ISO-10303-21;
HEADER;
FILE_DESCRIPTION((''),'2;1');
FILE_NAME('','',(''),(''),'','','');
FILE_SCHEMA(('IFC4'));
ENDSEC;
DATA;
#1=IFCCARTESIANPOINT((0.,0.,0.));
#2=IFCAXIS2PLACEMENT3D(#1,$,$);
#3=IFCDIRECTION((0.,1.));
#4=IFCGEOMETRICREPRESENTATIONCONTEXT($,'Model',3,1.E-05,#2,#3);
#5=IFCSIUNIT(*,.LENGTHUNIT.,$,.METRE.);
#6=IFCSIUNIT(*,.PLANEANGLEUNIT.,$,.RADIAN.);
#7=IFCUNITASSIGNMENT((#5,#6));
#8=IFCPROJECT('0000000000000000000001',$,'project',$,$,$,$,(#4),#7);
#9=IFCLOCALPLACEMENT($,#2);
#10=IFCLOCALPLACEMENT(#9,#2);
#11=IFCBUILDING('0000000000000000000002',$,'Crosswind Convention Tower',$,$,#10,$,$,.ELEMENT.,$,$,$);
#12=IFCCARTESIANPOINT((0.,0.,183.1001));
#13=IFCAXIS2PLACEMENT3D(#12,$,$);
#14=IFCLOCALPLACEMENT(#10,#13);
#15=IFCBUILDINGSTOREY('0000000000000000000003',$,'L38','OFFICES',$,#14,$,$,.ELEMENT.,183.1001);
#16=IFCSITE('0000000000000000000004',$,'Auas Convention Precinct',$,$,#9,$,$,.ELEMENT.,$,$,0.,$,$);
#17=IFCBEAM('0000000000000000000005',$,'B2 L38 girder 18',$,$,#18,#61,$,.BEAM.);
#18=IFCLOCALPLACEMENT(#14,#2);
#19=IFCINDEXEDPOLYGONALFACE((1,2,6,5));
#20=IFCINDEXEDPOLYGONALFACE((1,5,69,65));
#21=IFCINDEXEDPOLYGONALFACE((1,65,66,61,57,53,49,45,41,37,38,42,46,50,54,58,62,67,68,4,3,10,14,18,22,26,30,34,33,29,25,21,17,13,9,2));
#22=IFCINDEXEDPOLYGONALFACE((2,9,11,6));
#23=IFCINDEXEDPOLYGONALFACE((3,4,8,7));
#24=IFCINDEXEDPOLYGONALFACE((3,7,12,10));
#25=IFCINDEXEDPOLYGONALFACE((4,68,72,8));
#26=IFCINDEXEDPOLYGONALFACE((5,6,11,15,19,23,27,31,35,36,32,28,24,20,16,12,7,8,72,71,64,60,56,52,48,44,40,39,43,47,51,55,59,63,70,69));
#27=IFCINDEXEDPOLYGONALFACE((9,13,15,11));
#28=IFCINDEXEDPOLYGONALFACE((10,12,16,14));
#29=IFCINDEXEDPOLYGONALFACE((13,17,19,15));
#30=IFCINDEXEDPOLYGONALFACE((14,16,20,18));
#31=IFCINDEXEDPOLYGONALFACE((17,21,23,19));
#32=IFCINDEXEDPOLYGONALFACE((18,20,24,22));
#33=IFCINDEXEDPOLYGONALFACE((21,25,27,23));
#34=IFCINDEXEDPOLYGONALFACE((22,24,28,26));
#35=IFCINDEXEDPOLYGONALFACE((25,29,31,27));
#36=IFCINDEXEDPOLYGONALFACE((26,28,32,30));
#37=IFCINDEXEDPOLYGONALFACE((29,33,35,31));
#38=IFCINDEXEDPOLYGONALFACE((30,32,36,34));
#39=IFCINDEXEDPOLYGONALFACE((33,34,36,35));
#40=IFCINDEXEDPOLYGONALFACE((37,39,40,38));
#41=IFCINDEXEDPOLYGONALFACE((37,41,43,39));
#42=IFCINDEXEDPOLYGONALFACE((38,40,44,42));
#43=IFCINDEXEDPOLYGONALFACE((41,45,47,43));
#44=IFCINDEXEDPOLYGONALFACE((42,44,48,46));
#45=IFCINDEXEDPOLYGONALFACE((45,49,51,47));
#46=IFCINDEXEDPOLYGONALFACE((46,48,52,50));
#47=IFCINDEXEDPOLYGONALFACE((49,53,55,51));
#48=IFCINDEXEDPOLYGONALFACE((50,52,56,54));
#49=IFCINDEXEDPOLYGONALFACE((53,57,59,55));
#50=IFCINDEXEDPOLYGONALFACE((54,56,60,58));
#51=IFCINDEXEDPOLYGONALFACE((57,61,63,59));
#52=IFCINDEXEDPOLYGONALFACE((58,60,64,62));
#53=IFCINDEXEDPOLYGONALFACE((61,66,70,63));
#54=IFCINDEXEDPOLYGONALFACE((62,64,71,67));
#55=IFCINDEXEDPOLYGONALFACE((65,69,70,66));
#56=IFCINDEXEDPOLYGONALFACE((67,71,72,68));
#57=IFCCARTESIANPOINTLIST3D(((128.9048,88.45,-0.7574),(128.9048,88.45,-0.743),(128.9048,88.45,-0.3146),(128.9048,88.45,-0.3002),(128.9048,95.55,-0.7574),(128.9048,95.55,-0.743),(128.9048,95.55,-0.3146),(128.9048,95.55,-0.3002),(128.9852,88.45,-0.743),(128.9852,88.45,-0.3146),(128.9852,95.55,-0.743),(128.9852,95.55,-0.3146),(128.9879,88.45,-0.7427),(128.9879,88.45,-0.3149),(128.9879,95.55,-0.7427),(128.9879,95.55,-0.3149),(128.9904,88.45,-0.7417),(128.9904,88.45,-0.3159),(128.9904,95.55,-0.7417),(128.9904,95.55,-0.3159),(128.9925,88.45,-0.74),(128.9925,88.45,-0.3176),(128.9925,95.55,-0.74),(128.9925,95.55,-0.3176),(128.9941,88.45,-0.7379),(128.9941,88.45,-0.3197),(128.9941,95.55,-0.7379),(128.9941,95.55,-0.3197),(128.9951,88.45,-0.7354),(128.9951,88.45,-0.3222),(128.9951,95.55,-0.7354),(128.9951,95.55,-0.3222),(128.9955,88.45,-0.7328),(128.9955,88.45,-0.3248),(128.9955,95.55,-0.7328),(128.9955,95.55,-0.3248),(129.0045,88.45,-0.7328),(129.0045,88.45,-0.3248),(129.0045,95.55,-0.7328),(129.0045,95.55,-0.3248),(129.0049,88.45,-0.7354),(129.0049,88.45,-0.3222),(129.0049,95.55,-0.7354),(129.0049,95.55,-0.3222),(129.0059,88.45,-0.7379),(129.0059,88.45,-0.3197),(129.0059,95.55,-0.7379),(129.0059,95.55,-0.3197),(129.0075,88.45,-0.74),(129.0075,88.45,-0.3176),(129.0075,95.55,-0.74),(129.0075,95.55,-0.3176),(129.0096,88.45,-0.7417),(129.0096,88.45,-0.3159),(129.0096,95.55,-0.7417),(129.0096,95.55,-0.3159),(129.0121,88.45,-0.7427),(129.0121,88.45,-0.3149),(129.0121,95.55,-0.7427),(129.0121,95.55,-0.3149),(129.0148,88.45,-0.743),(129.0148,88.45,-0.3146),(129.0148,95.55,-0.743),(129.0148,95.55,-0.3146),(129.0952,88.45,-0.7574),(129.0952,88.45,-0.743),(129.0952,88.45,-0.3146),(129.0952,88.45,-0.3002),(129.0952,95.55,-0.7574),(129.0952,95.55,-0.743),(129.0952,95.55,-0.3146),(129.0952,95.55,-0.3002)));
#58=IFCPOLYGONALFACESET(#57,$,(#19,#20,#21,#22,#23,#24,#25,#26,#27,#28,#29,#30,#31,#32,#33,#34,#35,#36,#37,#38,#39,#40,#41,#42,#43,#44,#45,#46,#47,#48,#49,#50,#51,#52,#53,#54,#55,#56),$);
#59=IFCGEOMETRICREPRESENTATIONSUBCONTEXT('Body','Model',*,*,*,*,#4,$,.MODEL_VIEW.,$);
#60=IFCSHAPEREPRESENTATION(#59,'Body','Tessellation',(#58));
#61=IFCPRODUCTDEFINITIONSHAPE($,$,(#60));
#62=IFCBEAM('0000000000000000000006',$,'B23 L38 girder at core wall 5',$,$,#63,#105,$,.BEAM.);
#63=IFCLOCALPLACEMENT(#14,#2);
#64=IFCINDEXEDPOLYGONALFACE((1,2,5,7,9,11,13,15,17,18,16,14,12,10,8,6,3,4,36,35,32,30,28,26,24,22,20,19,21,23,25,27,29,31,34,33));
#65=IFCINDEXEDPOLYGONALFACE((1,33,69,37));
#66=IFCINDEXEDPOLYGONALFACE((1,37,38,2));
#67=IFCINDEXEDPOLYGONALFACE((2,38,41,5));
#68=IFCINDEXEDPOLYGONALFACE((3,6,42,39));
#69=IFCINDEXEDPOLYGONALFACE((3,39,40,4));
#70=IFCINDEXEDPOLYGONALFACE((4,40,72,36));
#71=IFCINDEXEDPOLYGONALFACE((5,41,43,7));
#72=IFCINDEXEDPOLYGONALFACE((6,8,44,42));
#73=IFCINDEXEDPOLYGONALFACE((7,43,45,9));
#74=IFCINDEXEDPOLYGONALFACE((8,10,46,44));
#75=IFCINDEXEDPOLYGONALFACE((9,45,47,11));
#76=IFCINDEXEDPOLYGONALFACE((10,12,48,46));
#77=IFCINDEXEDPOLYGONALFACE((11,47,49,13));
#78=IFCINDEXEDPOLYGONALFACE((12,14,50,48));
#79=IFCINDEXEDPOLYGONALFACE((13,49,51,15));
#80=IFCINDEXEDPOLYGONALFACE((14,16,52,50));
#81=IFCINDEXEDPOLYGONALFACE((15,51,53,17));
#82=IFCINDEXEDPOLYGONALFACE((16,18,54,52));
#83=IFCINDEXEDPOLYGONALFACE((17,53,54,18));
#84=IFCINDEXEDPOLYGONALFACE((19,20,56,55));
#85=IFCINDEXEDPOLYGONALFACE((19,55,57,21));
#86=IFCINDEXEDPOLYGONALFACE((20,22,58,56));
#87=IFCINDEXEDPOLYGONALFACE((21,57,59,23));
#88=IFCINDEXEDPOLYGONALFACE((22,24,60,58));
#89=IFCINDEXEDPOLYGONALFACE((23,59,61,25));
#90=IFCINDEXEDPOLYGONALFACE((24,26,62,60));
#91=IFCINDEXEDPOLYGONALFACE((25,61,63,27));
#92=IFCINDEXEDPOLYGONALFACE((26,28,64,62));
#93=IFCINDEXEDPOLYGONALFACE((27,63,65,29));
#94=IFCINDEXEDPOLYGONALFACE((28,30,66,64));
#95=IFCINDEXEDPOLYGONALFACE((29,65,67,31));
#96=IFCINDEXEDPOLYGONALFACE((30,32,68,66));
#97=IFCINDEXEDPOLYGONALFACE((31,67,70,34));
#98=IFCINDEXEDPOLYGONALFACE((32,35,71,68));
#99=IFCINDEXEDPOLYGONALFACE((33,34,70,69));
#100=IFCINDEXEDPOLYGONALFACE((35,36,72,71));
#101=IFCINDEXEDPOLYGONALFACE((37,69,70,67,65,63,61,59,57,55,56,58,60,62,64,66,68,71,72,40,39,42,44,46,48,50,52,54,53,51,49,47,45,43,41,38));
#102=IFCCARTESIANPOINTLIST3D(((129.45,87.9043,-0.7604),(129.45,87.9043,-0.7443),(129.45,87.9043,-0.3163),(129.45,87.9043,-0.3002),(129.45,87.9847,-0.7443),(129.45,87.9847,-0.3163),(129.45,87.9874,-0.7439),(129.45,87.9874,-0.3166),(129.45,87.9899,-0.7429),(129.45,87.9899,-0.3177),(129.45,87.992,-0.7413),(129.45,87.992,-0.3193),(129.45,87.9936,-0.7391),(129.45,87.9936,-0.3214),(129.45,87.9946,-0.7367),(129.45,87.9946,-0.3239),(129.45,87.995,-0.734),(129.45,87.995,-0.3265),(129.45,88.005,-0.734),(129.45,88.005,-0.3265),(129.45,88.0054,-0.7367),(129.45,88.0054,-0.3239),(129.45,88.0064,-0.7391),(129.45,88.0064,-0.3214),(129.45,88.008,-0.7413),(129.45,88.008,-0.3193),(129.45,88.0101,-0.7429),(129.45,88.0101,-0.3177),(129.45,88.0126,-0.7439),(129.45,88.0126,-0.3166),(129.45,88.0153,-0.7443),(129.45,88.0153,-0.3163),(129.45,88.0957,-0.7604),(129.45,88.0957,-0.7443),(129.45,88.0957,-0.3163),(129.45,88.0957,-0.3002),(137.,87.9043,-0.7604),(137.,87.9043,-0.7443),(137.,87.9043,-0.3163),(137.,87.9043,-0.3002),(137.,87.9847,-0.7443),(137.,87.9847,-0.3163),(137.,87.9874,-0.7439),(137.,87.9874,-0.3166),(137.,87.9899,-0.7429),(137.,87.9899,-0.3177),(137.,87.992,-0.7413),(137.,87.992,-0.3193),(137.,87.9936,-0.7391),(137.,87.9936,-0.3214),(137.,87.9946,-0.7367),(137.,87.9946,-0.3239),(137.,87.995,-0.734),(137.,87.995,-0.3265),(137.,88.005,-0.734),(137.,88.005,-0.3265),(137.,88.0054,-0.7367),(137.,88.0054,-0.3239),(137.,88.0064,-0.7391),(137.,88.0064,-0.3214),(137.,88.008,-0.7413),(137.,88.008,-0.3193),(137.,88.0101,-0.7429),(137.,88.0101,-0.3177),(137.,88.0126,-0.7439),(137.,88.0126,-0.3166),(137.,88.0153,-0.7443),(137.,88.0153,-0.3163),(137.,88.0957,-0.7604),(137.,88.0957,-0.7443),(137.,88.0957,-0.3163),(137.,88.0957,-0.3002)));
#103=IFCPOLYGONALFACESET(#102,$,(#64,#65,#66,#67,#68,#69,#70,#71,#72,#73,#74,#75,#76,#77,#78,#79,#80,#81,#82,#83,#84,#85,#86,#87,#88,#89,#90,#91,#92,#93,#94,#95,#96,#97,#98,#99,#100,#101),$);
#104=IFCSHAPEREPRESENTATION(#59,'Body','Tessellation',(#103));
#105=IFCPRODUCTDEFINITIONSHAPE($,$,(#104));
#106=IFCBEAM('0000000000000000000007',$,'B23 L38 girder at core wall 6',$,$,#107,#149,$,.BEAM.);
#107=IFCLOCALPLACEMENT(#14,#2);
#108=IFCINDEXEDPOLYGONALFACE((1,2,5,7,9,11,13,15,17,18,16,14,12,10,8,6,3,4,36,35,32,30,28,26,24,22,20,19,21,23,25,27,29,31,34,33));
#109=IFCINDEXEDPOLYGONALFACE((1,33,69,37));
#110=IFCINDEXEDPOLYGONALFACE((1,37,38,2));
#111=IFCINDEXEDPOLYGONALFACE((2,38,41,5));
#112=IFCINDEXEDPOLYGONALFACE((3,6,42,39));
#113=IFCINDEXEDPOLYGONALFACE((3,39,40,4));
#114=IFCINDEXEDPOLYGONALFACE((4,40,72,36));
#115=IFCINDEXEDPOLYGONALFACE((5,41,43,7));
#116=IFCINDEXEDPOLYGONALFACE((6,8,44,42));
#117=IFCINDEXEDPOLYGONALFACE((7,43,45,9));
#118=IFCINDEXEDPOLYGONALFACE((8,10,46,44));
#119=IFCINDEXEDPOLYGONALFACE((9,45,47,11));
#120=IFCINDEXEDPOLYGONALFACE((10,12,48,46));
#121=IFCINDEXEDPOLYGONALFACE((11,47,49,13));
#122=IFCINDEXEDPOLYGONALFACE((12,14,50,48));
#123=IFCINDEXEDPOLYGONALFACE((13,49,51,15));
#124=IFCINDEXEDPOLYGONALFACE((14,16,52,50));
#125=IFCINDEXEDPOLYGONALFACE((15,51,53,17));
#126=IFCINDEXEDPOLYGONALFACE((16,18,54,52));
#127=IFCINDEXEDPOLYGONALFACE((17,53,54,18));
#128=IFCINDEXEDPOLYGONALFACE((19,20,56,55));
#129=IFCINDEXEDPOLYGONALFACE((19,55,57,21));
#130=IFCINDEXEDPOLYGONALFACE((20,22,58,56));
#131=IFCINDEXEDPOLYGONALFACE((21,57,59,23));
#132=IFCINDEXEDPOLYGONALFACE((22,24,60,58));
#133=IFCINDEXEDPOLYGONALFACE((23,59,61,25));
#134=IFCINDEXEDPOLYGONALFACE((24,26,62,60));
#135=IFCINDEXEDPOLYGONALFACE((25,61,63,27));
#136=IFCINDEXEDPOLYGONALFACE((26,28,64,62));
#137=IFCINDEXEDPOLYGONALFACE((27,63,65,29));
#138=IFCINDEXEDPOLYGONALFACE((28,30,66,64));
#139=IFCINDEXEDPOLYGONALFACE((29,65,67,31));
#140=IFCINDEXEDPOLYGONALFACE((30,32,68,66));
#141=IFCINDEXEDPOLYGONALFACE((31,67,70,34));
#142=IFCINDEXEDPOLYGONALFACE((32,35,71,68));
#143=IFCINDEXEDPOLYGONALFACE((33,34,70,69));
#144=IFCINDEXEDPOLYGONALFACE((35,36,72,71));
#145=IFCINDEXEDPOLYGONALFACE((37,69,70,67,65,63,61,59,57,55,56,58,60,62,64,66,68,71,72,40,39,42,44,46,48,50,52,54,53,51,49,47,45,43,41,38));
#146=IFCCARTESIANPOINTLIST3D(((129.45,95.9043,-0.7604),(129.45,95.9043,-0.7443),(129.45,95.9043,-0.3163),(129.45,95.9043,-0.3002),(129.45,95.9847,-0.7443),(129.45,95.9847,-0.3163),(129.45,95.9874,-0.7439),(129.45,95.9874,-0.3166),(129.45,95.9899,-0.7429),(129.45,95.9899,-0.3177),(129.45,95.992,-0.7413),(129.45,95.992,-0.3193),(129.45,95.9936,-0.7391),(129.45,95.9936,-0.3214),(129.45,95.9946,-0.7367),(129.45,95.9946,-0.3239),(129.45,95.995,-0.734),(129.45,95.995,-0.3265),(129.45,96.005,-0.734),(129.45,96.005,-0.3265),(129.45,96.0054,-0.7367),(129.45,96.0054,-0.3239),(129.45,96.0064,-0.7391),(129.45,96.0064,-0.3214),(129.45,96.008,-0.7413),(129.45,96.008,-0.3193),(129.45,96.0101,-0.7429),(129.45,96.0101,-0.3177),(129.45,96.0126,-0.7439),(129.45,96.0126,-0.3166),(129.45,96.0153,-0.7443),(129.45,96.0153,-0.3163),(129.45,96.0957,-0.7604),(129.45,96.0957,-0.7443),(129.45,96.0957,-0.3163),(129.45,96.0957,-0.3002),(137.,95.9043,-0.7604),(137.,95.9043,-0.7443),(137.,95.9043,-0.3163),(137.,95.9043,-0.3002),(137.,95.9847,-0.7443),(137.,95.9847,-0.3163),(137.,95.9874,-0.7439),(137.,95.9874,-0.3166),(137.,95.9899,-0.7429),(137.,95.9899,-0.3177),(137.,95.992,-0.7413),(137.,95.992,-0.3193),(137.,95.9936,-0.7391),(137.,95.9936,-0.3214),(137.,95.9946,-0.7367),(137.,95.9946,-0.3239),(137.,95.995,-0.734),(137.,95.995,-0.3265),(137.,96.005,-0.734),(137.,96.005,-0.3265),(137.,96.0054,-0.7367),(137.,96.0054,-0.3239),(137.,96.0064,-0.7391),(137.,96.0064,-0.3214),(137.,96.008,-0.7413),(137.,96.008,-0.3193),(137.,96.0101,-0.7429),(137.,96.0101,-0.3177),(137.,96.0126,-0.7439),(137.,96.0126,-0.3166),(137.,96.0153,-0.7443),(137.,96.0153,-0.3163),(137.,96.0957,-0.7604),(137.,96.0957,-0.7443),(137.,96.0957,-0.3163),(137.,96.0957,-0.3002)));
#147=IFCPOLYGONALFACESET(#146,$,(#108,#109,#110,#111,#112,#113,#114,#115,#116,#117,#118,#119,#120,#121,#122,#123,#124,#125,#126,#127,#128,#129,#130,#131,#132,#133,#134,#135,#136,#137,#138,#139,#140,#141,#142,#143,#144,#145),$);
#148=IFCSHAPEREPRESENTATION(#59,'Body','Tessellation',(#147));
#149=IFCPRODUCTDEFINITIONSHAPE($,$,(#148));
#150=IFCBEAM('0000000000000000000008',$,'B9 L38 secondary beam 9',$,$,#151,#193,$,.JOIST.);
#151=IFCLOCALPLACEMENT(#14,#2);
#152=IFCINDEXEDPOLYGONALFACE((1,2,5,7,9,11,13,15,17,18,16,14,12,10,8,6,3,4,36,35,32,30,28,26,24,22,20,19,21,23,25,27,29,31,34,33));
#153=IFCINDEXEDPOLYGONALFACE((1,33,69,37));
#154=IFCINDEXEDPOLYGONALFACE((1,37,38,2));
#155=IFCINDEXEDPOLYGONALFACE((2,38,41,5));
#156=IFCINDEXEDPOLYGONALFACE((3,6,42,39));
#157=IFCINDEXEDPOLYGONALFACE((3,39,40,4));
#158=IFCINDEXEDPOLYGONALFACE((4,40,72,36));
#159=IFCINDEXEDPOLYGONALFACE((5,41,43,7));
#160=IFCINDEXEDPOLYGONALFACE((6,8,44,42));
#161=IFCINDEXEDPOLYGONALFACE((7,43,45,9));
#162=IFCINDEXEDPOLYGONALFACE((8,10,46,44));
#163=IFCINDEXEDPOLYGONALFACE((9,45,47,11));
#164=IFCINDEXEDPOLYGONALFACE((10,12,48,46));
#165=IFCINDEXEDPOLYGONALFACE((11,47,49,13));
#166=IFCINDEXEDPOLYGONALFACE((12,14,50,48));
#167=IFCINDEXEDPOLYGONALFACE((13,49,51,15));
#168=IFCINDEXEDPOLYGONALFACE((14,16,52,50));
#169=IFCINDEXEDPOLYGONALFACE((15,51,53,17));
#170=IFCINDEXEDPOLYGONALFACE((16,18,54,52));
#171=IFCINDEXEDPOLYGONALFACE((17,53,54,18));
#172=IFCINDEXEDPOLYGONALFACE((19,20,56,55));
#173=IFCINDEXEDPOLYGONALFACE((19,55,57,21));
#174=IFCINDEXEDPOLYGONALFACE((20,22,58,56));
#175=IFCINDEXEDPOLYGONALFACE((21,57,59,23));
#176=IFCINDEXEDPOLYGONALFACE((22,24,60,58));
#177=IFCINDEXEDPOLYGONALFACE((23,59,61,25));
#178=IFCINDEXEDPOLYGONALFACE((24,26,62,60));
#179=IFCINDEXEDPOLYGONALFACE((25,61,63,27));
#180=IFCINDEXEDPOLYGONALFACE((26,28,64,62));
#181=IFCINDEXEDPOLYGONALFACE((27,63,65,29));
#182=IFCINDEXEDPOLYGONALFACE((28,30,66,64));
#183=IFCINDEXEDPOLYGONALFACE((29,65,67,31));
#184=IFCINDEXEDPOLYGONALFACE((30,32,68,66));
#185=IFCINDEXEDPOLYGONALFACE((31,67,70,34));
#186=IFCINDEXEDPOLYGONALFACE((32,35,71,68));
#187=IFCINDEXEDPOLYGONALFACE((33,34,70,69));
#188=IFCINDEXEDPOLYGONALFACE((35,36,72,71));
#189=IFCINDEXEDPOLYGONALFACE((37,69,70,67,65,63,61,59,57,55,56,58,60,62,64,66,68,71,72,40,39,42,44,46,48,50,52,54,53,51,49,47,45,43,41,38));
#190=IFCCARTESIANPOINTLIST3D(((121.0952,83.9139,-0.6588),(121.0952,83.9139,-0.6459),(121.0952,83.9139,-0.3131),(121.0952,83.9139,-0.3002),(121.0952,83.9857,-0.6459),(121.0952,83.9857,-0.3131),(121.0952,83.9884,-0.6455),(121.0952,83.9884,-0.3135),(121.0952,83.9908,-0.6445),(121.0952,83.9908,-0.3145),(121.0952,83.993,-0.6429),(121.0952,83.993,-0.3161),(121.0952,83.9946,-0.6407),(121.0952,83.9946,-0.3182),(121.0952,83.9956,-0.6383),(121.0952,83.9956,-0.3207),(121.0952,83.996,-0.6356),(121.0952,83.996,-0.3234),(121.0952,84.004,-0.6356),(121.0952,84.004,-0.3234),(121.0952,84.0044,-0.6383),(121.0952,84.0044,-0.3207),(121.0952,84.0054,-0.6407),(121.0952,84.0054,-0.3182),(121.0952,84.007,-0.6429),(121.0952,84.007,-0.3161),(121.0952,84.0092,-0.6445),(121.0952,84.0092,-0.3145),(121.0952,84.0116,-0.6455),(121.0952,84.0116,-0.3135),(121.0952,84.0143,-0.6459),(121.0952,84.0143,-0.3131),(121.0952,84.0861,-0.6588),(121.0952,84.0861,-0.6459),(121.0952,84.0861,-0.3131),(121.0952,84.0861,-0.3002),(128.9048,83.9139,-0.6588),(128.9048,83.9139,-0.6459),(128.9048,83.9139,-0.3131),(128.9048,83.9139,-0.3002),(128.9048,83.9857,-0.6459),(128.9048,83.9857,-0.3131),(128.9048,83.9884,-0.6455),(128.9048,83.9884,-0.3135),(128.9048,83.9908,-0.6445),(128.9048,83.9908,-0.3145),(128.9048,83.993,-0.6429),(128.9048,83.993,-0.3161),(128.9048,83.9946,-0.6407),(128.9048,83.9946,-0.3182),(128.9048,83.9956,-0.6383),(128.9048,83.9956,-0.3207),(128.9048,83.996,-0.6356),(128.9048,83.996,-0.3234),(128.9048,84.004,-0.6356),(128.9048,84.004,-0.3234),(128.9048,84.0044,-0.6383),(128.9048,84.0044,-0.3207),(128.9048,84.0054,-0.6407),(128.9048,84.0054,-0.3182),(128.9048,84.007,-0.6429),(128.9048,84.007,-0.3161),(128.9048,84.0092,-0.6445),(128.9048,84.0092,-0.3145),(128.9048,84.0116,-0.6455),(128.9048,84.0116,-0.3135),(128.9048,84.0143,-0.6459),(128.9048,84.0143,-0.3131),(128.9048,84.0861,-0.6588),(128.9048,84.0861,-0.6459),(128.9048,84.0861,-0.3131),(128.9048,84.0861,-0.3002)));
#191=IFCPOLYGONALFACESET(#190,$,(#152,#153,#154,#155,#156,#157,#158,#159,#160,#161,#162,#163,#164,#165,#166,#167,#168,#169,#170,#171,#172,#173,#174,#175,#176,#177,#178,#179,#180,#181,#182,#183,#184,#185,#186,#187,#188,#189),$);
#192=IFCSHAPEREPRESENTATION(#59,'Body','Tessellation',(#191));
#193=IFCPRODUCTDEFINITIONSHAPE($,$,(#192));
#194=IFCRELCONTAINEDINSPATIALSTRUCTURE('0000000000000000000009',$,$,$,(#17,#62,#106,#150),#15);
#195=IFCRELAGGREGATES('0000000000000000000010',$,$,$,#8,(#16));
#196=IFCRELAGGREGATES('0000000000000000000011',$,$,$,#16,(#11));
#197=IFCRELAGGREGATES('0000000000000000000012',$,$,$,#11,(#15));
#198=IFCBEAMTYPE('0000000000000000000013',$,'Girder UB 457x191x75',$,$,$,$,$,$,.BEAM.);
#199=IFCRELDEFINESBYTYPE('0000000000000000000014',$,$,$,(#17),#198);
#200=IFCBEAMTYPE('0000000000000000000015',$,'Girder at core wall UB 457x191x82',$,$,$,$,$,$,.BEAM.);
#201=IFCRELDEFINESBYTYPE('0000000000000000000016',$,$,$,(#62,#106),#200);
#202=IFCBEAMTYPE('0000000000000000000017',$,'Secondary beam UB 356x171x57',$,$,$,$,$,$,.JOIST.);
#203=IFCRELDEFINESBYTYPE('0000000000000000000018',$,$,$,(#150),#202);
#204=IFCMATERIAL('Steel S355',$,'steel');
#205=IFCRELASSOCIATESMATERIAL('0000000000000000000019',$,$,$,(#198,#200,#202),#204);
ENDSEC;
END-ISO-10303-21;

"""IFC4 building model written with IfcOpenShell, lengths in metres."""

from ifc_helpers import new_model, si_unit, direction, frame, origin, origin_2d, place, context, subcontext, project, spatial, i_section, extrude, material, material_profile, profile_set, type_object, element, save


model = new_model("IFC4")

# Units and contexts
model_context = context("Model", 3, precision=1e-05, world=origin(), true_north=direction((0.0, 1.0)))
body_context = subcontext(model_context, "Body", "Model", "MODEL_VIEW")
ifc_project = project(units=[si_unit("LENGTHUNIT", "METRE"), si_unit("PLANEANGLEUNIT", "RADIAN")], contexts=[model_context])

# Site, building, storey
site_placement = place(None, origin())
site = spatial("IfcSite", under=ifc_project, at=site_placement, Name="Auas Convention Precinct", CompositionType="ELEMENT", RefElevation=0.0)
building_placement = place(site_placement, origin())
building = spatial("IfcBuilding", under=site, at=building_placement, Name="Crosswind Convention Tower", CompositionType="ELEMENT")
storey_placement = place(building_placement, frame((0.0, 0.0, 183.1001)))
storey = spatial("IfcBuildingStorey", under=building, at=storey_placement, Name="L38", Description="OFFICES", CompositionType="ELEMENT", Elevation=183.1001)

# Beams
ifc_material_1 = material(Name="Steel S355", Category="steel")
ifc_material_profile_1 = material_profile(ifc_material_1, i_section(OverallWidth=0.1904, OverallDepth=0.4573, WebThickness=0.009, FlangeThickness=0.0144, FilletRadius=0.0103, at=origin_2d()), Name="UB 457x191x75")
ifc_profile_set_1 = profile_set([ifc_material_profile_1], Name="Steel S355")
beam_type_1 = type_object("IfcBeamType", Name="Girder UB 457x191x75", PredefinedType="BEAM", material=ifc_profile_set_1)
for number, where, z_axis, x_axis, name in (
    (1, (129.0, 88.45, -0.5288), (0.0, 1.0, 0.0), (-1.0, 0.0, 0.0), "B2 L38 girder 18"),
):
    element("IfcBeam", number, at=place(storey_placement, frame(where, z_axis=z_axis, x_axis=x_axis)), inside=storey, type_object=beam_type_1, Name=name, PredefinedType="BEAM", context=body_context, shape_type="SweptSolid", body=[
        extrude(i_section(OverallWidth=0.1904, OverallDepth=0.4573, WebThickness=0.009, FlangeThickness=0.0144, FilletRadius=0.0103, at=origin_2d()), origin(), (0.0, 0.0, 1.0), 7.1001),
    ])
ifc_material_profile_2 = material_profile(ifc_material_1, i_section(OverallWidth=0.1914, OverallDepth=0.4602, WebThickness=0.01, FlangeThickness=0.0161, FilletRadius=0.0103, at=origin_2d()), Name="UB 457x191x82")
ifc_profile_set_2 = profile_set([ifc_material_profile_2], Name="Steel S355")
beam_type_2 = type_object("IfcBeamType", Name="Girder at core wall UB 457x191x82", PredefinedType="BEAM", material=ifc_profile_set_2)
for number, where, z_axis, x_axis, name in (
    (2, (129.45, 88.0, -0.5303), (1.0, 0.0, 0.0), (0.0, 1.0, 0.0), "B23 L38 girder at core wall 5"),
    (3, (129.45, 96.0, -0.5303), (1.0, 0.0, 0.0), (0.0, 1.0, 0.0), "B23 L38 girder at core wall 6"),
):
    element("IfcBeam", number, at=place(storey_placement, frame(where, z_axis=z_axis, x_axis=x_axis)), inside=storey, type_object=beam_type_2, Name=name, PredefinedType="BEAM", context=body_context, shape_type="SweptSolid", body=[
        extrude(i_section(OverallWidth=0.1914, OverallDepth=0.4602, WebThickness=0.01, FlangeThickness=0.0161, FilletRadius=0.0103, at=origin_2d()), origin(), (0.0, 0.0, 1.0), 7.55),
    ])
ifc_material_profile_3 = material_profile(ifc_material_1, i_section(OverallWidth=0.1721, OverallDepth=0.3586, WebThickness=0.0081, FlangeThickness=0.0129, FilletRadius=0.0103, at=origin_2d()), Name="UB 356x171x57")
ifc_profile_set_3 = profile_set([ifc_material_profile_3], Name="Steel S355")
beam_type_3 = type_object("IfcBeamType", Name="Secondary beam UB 356x171x57", PredefinedType="JOIST", material=ifc_profile_set_3)
for number, where, z_axis, x_axis, name in (
    (4, (121.0952, 84.0, -0.4795), (1.0, 0.0, 0.0), (0.0, 1.0, 0.0), "B9 L38 secondary beam 9"),
):
    element("IfcBeam", number, at=place(storey_placement, frame(where, z_axis=z_axis, x_axis=x_axis)), inside=storey, type_object=beam_type_3, Name=name, PredefinedType="JOIST", context=body_context, shape_type="SweptSolid", body=[
        extrude(i_section(OverallWidth=0.1721, OverallDepth=0.3586, WebThickness=0.0081, FlangeThickness=0.0129, FilletRadius=0.0103, at=origin_2d()), origin(), (0.0, 0.0, 1.0), 7.8096),
    ])

save(model, "model.ifc")
